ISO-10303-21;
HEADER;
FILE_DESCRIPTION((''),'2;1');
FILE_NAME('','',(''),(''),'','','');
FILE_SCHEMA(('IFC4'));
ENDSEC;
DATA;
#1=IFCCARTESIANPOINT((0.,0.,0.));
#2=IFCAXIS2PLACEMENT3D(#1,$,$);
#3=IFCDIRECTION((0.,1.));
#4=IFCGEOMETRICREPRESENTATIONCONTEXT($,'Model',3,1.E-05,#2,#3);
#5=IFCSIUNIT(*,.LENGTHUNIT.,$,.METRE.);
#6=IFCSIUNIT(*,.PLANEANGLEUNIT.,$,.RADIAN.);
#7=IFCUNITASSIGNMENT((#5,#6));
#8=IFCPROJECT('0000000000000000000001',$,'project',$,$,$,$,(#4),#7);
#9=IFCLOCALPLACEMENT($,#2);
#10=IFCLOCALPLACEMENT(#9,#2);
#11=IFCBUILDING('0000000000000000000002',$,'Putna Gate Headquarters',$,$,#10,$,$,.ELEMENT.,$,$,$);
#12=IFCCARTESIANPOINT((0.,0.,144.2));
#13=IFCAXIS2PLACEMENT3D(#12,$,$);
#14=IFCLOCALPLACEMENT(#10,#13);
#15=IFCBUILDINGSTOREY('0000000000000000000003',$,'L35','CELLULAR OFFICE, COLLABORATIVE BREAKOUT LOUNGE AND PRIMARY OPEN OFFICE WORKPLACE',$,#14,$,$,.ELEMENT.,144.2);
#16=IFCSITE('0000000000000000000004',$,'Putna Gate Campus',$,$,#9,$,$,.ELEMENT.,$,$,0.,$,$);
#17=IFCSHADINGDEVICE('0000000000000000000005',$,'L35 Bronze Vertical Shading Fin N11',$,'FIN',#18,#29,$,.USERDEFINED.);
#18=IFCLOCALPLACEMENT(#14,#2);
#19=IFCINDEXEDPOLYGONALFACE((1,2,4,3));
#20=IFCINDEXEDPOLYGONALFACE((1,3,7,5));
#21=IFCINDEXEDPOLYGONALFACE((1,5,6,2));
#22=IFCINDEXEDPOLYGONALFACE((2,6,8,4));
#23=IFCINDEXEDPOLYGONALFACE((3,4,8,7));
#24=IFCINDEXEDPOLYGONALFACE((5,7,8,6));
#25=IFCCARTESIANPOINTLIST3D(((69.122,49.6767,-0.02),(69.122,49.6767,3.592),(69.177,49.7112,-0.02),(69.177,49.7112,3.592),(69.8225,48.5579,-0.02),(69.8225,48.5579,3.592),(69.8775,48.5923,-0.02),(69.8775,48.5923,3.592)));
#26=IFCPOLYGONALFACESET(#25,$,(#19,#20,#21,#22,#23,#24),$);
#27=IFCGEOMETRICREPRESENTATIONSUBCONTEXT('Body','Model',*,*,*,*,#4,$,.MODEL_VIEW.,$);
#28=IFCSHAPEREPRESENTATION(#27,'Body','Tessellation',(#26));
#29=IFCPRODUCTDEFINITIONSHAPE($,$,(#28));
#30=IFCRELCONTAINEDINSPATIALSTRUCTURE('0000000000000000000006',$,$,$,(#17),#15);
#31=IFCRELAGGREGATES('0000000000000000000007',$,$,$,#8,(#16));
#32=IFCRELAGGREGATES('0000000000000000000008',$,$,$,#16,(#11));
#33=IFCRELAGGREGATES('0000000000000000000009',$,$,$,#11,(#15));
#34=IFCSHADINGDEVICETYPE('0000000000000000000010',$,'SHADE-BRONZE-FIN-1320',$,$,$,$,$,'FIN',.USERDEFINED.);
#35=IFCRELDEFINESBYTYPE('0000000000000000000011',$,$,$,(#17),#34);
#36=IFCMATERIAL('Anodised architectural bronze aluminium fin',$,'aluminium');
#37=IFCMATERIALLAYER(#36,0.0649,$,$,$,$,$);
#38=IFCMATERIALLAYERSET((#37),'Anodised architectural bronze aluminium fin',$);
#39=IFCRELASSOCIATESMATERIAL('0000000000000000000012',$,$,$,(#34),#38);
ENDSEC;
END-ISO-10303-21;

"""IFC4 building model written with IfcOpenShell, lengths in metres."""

from ifc_helpers import new_model, si_unit, direction, frame, origin, origin_2d, place, context, subcontext, project, spatial, rectangle, extrude, material, layer, layer_set, type_object, element, save


model = new_model("IFC4")

# Units and contexts
model_context = context("Model", 3, precision=1e-05, world=origin(), true_north=direction((0.0, 1.0)))
body_context = subcontext(model_context, "Body", "Model", "MODEL_VIEW")
ifc_project = project(units=[si_unit("LENGTHUNIT", "METRE"), si_unit("PLANEANGLEUNIT", "RADIAN")], contexts=[model_context])

# Site, building, storey
site_placement = place(None, origin())
site = spatial("IfcSite", under=ifc_project, at=site_placement, Name="Putna Gate Campus", CompositionType="ELEMENT", RefElevation=0.0)
building_placement = place(site_placement, origin())
building = spatial("IfcBuilding", under=site, at=building_placement, Name="Putna Gate Headquarters", CompositionType="ELEMENT")
storey_placement = place(building_placement, frame((0.0, 0.0, 144.2)))
storey = spatial("IfcBuildingStorey", under=building, at=storey_placement, Name="L35", Description="CELLULAR OFFICE, COLLABORATIVE BREAKOUT LOUNGE AND PRIMARY OPEN OFFICE WORKPLACE", CompositionType="ELEMENT", Elevation=144.2)

# Shading device
ifc_material_1 = material(Name="Anodised architectural bronze aluminium fin", Category="aluminium")
ifc_layer_1 = layer(ifc_material_1, 0.0649)
ifc_layer_set_1 = layer_set([ifc_layer_1], Name="Anodised architectural bronze aluminium fin")
shading_device_type = type_object("IfcShadingDeviceType", Name="SHADE-BRONZE-FIN-1320", ElementType="FIN", PredefinedType="USERDEFINED", material=ifc_layer_set_1)
for number, where, z_axis, x_axis, name in (
    (1, (69.4998, 49.1345, -0.02), (0.0, 0.0, 1.0), (-0.530659, 0.847585, 0.0), "L35 Bronze Vertical Shading Fin N11"),
):
    element("IfcShadingDevice", number, at=place(storey_placement, frame(where, z_axis=z_axis, x_axis=x_axis)), inside=storey, type_object=shading_device_type, Name=name, ObjectType="FIN", PredefinedType="USERDEFINED", context=body_context, shape_type="SweptSolid", body=[
        extrude(rectangle(XDim=1.3201, YDim=0.0649, at=origin_2d()), origin(), (0.0, 0.0, 1.0), 3.6121),
    ])

save(model, "model.ifc")
